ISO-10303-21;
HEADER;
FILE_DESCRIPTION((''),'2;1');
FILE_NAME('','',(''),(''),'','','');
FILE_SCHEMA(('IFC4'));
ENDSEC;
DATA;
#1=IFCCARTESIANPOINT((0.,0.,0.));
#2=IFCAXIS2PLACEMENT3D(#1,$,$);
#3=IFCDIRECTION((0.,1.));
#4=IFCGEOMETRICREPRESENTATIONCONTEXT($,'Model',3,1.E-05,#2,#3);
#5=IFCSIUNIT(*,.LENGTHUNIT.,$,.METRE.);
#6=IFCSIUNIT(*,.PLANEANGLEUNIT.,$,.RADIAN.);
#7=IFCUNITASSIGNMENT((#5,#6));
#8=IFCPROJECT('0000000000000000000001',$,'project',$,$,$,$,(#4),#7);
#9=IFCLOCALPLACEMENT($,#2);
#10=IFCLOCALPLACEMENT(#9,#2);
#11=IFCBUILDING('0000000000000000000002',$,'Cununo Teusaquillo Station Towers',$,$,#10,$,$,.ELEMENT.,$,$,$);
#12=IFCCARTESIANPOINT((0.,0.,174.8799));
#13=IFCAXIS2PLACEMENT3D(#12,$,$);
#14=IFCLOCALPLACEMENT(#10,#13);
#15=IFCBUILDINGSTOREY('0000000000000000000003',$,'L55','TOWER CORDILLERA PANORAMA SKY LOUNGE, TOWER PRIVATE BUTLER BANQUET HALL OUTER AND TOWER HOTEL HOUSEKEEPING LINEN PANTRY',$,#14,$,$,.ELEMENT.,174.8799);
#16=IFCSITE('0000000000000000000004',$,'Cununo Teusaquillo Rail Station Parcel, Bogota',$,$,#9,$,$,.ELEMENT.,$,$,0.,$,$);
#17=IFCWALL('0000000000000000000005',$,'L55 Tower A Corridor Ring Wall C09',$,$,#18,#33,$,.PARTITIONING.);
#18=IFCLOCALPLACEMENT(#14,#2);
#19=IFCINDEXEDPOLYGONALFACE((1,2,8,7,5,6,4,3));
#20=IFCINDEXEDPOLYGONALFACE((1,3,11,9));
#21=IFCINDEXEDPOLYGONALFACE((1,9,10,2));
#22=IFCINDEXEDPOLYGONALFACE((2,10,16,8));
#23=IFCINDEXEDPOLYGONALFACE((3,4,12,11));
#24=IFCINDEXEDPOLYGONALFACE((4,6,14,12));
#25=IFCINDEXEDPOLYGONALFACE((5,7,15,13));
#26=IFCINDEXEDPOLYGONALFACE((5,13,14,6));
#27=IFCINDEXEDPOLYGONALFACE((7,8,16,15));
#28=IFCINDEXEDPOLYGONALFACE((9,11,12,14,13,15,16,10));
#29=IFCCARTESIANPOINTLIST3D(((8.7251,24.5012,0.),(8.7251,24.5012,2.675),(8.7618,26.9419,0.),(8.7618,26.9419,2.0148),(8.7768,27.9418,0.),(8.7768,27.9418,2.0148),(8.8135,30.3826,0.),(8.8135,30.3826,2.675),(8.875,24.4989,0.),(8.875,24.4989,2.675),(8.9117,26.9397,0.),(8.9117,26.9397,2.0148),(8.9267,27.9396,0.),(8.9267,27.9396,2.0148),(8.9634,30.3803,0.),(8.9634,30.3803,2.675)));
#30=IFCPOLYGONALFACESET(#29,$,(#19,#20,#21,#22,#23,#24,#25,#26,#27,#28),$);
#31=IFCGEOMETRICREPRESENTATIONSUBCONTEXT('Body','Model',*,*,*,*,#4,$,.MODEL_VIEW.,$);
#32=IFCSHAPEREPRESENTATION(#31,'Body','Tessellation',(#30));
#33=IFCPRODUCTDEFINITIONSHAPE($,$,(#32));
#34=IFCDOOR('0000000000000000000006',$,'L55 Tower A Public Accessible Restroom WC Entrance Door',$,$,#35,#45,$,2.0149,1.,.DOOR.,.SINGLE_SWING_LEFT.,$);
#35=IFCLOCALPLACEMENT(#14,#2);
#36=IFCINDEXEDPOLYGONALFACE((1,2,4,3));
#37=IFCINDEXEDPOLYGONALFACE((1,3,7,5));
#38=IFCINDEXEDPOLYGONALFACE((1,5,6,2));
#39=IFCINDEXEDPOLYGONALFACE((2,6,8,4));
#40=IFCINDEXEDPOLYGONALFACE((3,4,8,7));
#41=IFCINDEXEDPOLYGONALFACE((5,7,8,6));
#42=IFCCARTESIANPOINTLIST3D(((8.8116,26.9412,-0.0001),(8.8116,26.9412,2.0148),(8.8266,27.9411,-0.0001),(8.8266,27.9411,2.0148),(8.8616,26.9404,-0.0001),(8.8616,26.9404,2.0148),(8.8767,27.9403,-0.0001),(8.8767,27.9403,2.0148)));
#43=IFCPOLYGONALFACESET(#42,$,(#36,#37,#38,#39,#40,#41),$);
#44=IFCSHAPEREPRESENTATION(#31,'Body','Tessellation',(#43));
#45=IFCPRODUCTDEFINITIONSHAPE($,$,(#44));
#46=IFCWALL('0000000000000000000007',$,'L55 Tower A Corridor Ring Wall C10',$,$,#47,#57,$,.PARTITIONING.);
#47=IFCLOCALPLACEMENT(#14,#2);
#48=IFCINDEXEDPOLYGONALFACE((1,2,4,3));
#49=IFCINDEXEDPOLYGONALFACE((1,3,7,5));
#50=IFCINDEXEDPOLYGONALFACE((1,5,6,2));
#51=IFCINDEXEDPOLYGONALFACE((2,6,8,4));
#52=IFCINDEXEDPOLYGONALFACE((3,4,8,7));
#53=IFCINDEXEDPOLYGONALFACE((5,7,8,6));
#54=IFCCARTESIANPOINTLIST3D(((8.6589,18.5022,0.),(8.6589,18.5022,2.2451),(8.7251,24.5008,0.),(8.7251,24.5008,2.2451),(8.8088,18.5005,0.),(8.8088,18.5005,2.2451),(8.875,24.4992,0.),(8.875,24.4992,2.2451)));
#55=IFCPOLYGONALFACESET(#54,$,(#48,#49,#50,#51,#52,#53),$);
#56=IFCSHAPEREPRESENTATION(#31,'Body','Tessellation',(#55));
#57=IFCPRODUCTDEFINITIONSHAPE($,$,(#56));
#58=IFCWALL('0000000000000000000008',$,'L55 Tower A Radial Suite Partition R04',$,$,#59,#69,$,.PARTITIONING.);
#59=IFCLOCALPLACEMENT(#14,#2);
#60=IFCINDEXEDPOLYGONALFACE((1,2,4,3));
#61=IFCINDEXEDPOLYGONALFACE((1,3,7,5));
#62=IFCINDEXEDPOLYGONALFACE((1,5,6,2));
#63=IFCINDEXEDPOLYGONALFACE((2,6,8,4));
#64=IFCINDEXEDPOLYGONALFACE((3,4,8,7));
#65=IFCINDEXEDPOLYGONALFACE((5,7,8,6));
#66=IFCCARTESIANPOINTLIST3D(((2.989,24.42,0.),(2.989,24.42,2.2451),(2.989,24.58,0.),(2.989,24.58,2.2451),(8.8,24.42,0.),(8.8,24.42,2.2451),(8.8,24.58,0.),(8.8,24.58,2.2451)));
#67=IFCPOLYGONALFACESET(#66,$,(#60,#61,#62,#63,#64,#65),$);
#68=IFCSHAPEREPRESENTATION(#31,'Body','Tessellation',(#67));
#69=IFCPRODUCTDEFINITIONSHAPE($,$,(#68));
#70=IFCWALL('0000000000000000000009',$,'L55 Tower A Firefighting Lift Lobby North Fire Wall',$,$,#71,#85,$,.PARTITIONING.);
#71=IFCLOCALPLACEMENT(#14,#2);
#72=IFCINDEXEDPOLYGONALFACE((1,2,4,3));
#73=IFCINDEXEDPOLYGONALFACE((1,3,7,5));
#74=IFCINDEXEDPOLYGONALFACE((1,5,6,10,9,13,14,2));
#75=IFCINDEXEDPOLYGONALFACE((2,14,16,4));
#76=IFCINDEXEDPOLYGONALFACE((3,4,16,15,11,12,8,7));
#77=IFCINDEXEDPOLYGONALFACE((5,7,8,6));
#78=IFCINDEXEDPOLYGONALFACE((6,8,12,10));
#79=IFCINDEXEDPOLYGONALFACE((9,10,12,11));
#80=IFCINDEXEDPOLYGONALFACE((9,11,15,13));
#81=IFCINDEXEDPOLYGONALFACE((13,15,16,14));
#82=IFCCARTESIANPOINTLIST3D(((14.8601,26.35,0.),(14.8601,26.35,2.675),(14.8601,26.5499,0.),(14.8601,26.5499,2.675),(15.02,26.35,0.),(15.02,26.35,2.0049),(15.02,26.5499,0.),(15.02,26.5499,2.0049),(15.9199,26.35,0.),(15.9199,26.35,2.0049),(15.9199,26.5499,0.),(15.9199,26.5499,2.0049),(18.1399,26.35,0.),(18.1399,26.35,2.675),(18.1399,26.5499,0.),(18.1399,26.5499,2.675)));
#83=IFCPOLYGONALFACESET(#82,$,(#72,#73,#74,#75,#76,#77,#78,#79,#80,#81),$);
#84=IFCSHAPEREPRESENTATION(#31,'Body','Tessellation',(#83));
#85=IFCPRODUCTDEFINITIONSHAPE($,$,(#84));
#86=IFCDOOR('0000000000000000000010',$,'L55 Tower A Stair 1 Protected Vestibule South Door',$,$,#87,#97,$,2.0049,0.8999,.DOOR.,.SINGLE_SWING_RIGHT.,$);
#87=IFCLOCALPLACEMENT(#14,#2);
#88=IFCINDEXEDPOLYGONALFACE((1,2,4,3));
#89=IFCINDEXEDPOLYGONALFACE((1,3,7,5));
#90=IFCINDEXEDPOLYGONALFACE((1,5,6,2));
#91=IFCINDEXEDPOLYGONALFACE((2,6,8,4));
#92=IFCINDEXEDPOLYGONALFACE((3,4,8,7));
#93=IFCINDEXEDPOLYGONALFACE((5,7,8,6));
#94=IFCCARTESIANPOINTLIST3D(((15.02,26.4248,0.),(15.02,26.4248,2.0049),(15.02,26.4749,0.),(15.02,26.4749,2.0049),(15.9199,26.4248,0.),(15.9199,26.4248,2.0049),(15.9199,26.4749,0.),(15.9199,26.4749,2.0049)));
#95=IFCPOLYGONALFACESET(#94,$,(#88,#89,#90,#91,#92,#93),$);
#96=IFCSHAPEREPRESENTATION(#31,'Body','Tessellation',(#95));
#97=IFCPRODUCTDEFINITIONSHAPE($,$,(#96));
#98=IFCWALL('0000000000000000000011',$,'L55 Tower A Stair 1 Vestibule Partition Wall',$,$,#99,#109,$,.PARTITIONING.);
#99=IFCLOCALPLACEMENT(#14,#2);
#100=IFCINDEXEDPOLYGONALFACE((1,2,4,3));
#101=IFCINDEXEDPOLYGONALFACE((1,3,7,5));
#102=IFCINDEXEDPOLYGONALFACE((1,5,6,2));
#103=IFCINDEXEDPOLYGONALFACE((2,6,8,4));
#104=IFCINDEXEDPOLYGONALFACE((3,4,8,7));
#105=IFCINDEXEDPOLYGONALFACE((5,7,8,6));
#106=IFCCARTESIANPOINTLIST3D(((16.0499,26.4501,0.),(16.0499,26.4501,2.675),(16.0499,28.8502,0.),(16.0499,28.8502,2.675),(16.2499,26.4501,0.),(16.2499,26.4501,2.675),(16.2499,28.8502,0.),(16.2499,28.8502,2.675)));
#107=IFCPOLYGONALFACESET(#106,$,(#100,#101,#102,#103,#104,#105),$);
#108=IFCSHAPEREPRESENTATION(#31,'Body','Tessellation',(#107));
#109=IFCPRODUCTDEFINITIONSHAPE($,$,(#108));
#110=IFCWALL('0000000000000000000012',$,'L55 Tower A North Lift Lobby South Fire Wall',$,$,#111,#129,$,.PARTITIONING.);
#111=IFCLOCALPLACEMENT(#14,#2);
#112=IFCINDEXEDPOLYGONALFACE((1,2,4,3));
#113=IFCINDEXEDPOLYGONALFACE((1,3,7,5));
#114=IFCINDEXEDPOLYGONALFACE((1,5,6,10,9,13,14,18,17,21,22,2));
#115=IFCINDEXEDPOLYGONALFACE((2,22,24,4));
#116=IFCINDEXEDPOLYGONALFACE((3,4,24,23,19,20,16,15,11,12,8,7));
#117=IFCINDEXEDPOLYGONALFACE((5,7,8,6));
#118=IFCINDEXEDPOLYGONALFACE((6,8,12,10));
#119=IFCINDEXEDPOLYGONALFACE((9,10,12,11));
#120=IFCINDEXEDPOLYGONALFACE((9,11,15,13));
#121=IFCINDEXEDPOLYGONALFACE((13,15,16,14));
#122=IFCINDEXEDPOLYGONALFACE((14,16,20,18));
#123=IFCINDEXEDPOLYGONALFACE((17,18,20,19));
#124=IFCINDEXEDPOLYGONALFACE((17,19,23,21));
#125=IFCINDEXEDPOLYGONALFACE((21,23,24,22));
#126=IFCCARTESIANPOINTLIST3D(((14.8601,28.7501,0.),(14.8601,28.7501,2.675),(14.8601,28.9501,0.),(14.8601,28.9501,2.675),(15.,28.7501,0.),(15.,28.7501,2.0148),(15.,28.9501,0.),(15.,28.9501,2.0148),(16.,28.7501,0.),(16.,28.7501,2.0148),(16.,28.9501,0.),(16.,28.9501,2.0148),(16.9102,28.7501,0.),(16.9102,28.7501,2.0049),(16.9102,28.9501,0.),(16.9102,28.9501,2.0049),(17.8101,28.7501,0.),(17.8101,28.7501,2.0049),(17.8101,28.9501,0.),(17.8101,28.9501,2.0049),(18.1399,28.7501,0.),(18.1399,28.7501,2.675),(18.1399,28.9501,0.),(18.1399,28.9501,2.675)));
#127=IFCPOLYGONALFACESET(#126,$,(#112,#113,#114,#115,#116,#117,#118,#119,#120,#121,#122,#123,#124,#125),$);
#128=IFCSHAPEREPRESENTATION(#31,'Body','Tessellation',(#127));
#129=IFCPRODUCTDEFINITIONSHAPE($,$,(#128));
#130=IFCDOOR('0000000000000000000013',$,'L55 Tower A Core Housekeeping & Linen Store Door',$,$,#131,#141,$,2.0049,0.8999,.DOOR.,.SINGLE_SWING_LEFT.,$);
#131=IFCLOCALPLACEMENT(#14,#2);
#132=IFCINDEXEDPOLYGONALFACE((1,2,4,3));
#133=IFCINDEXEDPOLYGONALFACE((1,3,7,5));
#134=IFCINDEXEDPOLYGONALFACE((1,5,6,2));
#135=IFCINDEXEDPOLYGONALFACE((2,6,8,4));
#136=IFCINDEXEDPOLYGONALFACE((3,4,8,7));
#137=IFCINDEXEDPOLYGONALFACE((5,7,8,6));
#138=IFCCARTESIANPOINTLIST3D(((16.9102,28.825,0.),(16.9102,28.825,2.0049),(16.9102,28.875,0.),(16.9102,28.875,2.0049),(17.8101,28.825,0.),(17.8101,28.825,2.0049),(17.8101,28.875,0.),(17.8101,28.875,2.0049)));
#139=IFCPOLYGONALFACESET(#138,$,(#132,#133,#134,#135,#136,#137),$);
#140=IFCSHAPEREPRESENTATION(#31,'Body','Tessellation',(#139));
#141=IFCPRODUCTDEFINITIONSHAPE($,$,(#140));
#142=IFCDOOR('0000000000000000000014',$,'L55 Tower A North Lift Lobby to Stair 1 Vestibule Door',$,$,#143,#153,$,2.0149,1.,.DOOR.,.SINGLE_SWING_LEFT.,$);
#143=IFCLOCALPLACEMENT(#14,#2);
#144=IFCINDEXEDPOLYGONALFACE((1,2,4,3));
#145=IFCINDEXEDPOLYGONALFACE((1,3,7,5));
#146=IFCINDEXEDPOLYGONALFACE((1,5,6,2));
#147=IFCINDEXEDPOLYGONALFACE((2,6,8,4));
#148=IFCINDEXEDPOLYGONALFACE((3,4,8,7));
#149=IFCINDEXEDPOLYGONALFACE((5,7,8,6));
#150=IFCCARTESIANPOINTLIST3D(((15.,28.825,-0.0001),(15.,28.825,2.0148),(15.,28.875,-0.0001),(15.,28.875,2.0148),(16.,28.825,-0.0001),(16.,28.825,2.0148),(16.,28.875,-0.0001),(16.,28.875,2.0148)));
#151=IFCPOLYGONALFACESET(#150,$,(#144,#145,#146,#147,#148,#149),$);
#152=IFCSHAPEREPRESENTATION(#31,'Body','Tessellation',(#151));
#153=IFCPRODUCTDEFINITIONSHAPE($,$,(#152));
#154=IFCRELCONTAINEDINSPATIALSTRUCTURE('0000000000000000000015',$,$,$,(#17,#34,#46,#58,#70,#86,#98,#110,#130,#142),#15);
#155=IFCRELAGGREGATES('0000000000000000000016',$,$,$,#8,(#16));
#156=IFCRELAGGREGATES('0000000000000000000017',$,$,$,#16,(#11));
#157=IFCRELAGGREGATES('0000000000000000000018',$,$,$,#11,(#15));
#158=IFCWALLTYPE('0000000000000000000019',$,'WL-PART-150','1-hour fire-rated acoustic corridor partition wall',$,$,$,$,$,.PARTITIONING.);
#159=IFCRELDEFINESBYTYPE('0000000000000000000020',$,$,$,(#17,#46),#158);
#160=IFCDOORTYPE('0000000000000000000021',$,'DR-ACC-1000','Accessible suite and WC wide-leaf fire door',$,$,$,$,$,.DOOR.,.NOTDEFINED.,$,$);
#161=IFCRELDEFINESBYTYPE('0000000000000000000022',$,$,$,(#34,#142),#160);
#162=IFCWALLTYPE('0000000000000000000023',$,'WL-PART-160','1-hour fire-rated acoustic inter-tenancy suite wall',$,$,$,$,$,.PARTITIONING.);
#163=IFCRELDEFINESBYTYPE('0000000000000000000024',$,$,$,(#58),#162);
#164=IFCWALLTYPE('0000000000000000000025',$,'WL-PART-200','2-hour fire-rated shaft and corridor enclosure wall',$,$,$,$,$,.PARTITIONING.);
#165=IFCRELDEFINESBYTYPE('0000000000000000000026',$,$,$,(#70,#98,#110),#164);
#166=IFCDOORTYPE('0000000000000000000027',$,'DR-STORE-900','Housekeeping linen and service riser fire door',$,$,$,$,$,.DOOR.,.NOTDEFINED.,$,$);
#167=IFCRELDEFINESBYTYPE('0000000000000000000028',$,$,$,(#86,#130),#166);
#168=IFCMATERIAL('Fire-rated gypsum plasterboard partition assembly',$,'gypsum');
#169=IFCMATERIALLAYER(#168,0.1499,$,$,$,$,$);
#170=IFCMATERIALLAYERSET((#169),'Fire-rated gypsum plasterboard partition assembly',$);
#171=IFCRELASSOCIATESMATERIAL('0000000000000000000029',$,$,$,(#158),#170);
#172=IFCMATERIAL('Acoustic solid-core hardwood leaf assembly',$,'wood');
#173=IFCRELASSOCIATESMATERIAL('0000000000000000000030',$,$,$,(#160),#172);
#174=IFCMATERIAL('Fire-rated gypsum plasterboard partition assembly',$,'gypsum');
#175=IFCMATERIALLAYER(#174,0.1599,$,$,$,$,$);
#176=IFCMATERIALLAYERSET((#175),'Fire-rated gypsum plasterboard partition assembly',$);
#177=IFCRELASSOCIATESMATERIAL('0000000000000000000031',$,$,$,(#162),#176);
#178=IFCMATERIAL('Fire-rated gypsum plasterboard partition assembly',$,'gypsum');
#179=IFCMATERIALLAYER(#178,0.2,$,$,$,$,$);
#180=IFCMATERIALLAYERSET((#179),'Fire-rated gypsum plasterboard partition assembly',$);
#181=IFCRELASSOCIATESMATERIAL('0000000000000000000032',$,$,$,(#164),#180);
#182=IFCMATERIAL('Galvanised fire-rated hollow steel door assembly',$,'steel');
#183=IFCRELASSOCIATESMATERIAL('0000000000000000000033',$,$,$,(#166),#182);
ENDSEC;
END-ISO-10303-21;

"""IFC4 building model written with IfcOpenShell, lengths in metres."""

from ifc_helpers import new_model, si_unit, direction, frame, frame_2d, origin, place, context, subcontext, project, spatial, rectangle, extrude, source, transform, mapped, material, layer, layer_set, type_object, element, fill, save


model = new_model("IFC4")

# Units and contexts
model_context = context("Model", 3, precision=1e-05, world=origin(), true_north=direction((0.0, 1.0)))
body_context = subcontext(model_context, "Body", "Model", "MODEL_VIEW")
ifc_project = project(units=[si_unit("LENGTHUNIT", "METRE"), si_unit("PLANEANGLEUNIT", "RADIAN")], contexts=[model_context])

# Site, building, storey
site_placement = place(None, origin())
site = spatial("IfcSite", under=ifc_project, at=site_placement, Name="Cununo Teusaquillo Rail Station Parcel, Bogota", CompositionType="ELEMENT", RefElevation=0.0)
building_placement = place(site_placement, origin())
building = spatial("IfcBuilding", under=site, at=building_placement, Name="Cununo Teusaquillo Station Towers", CompositionType="ELEMENT")
storey_placement = place(building_placement, frame((0.0, 0.0, 174.8799)))
storey = spatial("IfcBuildingStorey", under=building, at=storey_placement, Name="L55", Description="TOWER CORDILLERA PANORAMA SKY LOUNGE, TOWER PRIVATE BUTLER BANQUET HALL OUTER AND TOWER HOTEL HOUSEKEEPING LINEN PANTRY", CompositionType="ELEMENT", Elevation=174.8799)

# Wall, opening, door
shared_shape_1 = source(origin(), body_context, "Body", "SweptSolid", [
    extrude(rectangle(XDim=0.8999, YDim=2.0049, at=frame_2d((0.45, 1.0024))), frame((0.0, 0.0249, 0.0), z_axis=(0.0, -1.0, 0.0), x_axis=(1.0, 0.0, 0.0)), (0.0, 0.0, 1.0), 0.05),
])
ifc_material_1 = material(Name="Fire-rated gypsum plasterboard partition assembly", Category="gypsum")
ifc_layer_1 = layer(ifc_material_1, 0.1499)
ifc_layer_set_1 = layer_set([ifc_layer_1], Name="Fire-rated gypsum plasterboard partition assembly")
wall_type_1 = type_object("IfcWallType", Name="WL-PART-150", Description="1-hour fire-rated acoustic corridor partition wall", PredefinedType="PARTITIONING", material=ifc_layer_set_1)
wall_1_placement = place(storey_placement, frame((8.8884, 30.3813, 0.0), z_axis=(0.0, 0.0, 1.0), x_axis=(-0.015025, -0.999887, 0.0)))
wall_1 = element("IfcWall", 1, at=wall_1_placement, inside=storey, type_object=wall_type_1, Name="L55 Tower A Corridor Ring Wall C09", PredefinedType="PARTITIONING", context=body_context, shape_type="SweptSolid", body=[
    extrude(rectangle(XDim=5.8821, YDim=0.1499, at=frame_2d((2.9409, 0.0))), origin(), (0.0, 0.0, 1.0), 2.675),
])
shared_shape_2 = source(origin(), body_context, "Body", "SweptSolid", [
    extrude(rectangle(XDim=1.0, YDim=2.0149, at=frame_2d((0.5, 1.0073))), frame((0.0, 0.085, 0.0), z_axis=(0.0, -1.0, 0.0), x_axis=(1.0, 0.0, 0.0)), (0.0, 0.0, 1.0), 0.1699),
])
opening_1_placement = place(wall_1_placement, frame((2.4409, 0.0, 0.0)))
opening_1 = element("IfcOpeningElement", 2, at=opening_1_placement, cuts=wall_1, PredefinedType="OPENING", context=body_context, shape_type="MappedRepresentation", body=[
    mapped(shared_shape_2, transform((0.0, 0.0, 0.0), x_axis=(1.0, 0.0, 0.0), y_axis=(0.0, 1.0, 0.0), z_axis=(0.0, 0.0, 1.0), scale=1.0)),
])
ifc_material_2 = material(Name="Acoustic solid-core hardwood leaf assembly", Category="wood")
door_type_1 = type_object("IfcDoorType", Name="DR-ACC-1000", Description="Accessible suite and WC wide-leaf fire door", OperationType="NOTDEFINED", PredefinedType="DOOR", material=ifc_material_2)
shared_shape_3 = source(origin(), body_context, "Body", "SweptSolid", [
    extrude(rectangle(XDim=1.0, YDim=2.0149, at=frame_2d((0.5, 1.0073))), frame((0.0, 0.0249, 0.0), z_axis=(0.0, -1.0, 0.0), x_axis=(1.0, 0.0, 0.0)), (0.0, 0.0, 1.0), 0.05),
])
door_1_placement = place(opening_1_placement, origin())
door_1 = element("IfcDoor", 3, at=door_1_placement, inside=storey, type_object=door_type_1, Name="L55 Tower A Public Accessible Restroom WC Entrance Door", OperationType="SINGLE_SWING_LEFT", OverallHeight=2.0149, OverallWidth=1.0, PredefinedType="DOOR", context=body_context, shape_type="MappedRepresentation", body=[
    mapped(shared_shape_3, transform((0.0, 0.0, 0.0), x_axis=(1.0, 0.0, 0.0), y_axis=(0.0, 1.0, 0.0), z_axis=(0.0, 0.0, 1.0), scale=1.0)),
])
fill(opening_1, door_1)

# Walls
wall_2_placement = place(storey_placement, frame((8.8, 24.5, 0.0), z_axis=(0.0, 0.0, 1.0), x_axis=(-0.011029, -0.999939, 0.0)))
element("IfcWall", 4, at=wall_2_placement, inside=storey, type_object=wall_type_1, Name="L55 Tower A Corridor Ring Wall C10", PredefinedType="PARTITIONING", context=body_context, shape_type="SweptSolid", body=[
    extrude(rectangle(XDim=5.999, YDim=0.1499, at=frame_2d((2.9995, 0.0))), origin(), (0.0, 0.0, 1.0), 2.2451),
])
ifc_material_3 = material(Name="Fire-rated gypsum plasterboard partition assembly", Category="gypsum")
ifc_layer_2 = layer(ifc_material_3, 0.1599)
ifc_layer_set_2 = layer_set([ifc_layer_2], Name="Fire-rated gypsum plasterboard partition assembly")
wall_type_2 = type_object("IfcWallType", Name="WL-PART-160", Description="1-hour fire-rated acoustic inter-tenancy suite wall", PredefinedType="PARTITIONING", material=ifc_layer_set_2)
wall_3_placement = place(storey_placement, frame((8.8, 24.5, 0.0), z_axis=(0.0, 0.0, 1.0), x_axis=(-1.0, 0.0, 0.0)))
element("IfcWall", 5, at=wall_3_placement, inside=storey, type_object=wall_type_2, Name="L55 Tower A Radial Suite Partition R04", PredefinedType="PARTITIONING", context=body_context, shape_type="SweptSolid", body=[
    extrude(rectangle(XDim=5.811, YDim=0.1599, at=frame_2d((2.9055, 0.0))), origin(), (0.0, 0.0, 1.0), 2.2451),
])

# Wall, opening, door
ifc_material_4 = material(Name="Fire-rated gypsum plasterboard partition assembly", Category="gypsum")
ifc_layer_3 = layer(ifc_material_4, 0.2)
ifc_layer_set_3 = layer_set([ifc_layer_3], Name="Fire-rated gypsum plasterboard partition assembly")
wall_type_3 = type_object("IfcWallType", Name="WL-PART-200", Description="2-hour fire-rated shaft and corridor enclosure wall", PredefinedType="PARTITIONING", material=ifc_layer_set_3)
wall_4_placement = place(storey_placement, frame((14.8601, 26.45, 0.0), z_axis=(0.0, 0.0, 1.0), x_axis=(1.0, 0.0, 0.0)))
wall_4 = element("IfcWall", 6, at=wall_4_placement, inside=storey, type_object=wall_type_3, Name="L55 Tower A Firefighting Lift Lobby North Fire Wall", PredefinedType="PARTITIONING", context=body_context, shape_type="SweptSolid", body=[
    extrude(rectangle(XDim=3.2798, YDim=0.2, at=frame_2d((1.6399, 0.0))), origin(), (0.0, 0.0, 1.0), 2.675),
])
shared_shape_4 = source(origin(), body_context, "Body", "SweptSolid", [
    extrude(rectangle(XDim=0.8999, YDim=2.0049, at=frame_2d((0.45, 1.0024))), frame((0.0, 0.1099, 0.0), z_axis=(0.0, -1.0, 0.0), x_axis=(1.0, 0.0, 0.0)), (0.0, 0.0, 1.0), 0.22),
])
opening_2_placement = place(wall_4_placement, frame((0.1599, 0.0, 0.0)))
opening_2 = element("IfcOpeningElement", 7, at=opening_2_placement, cuts=wall_4, PredefinedType="OPENING", context=body_context, shape_type="MappedRepresentation", body=[
    mapped(shared_shape_4, transform((0.0, 0.0, 0.0), x_axis=(1.0, 0.0, 0.0), y_axis=(0.0, 1.0, 0.0), z_axis=(0.0, 0.0, 1.0), scale=1.0)),
])
ifc_material_5 = material(Name="Galvanised fire-rated hollow steel door assembly", Category="steel")
door_type_2 = type_object("IfcDoorType", Name="DR-STORE-900", Description="Housekeeping linen and service riser fire door", OperationType="NOTDEFINED", PredefinedType="DOOR", material=ifc_material_5)
door_2_placement = place(opening_2_placement, origin())
door_2 = element("IfcDoor", 8, at=door_2_placement, inside=storey, type_object=door_type_2, Name="L55 Tower A Stair 1 Protected Vestibule South Door", OperationType="SINGLE_SWING_RIGHT", OverallHeight=2.0049, OverallWidth=0.8999, PredefinedType="DOOR", context=body_context, shape_type="MappedRepresentation", body=[
    mapped(shared_shape_1, transform((0.0, 0.0, 0.0), x_axis=(1.0, 0.0, 0.0), y_axis=(0.0, 1.0, 0.0), z_axis=(0.0, 0.0, 1.0), scale=1.0)),
])
fill(opening_2, door_2)

# Wall
wall_5_placement = place(storey_placement, frame((16.1499, 26.45, 0.0), z_axis=(0.0, 0.0, 1.0), x_axis=(0.0, 1.0, 0.0)))
element("IfcWall", 9, at=wall_5_placement, inside=storey, type_object=wall_type_3, Name="L55 Tower A Stair 1 Vestibule Partition Wall", PredefinedType="PARTITIONING", context=body_context, shape_type="SweptSolid", body=[
    extrude(rectangle(XDim=2.4001, YDim=0.2, at=frame_2d((1.2002, 0.0))), origin(), (0.0, 0.0, 1.0), 2.675),
])

# Wall, openings, doors
wall_6_placement = place(storey_placement, frame((14.8601, 28.8501, 0.0), z_axis=(0.0, 0.0, 1.0), x_axis=(1.0, 0.0, 0.0)))
wall_6 = element("IfcWall", 10, at=wall_6_placement, inside=storey, type_object=wall_type_3, Name="L55 Tower A North Lift Lobby South Fire Wall", PredefinedType="PARTITIONING", context=body_context, shape_type="SweptSolid", body=[
    extrude(rectangle(XDim=3.2798, YDim=0.2, at=frame_2d((1.6399, 0.0))), origin(), (0.0, 0.0, 1.0), 2.675),
])
shared_shape_5 = source(origin(), body_context, "Body", "SweptSolid", [
    extrude(rectangle(XDim=1.0, YDim=2.0149, at=frame_2d((0.5, 1.0073))), frame((0.0, 0.1099, 0.0), z_axis=(0.0, -1.0, 0.0), x_axis=(1.0, 0.0, 0.0)), (0.0, 0.0, 1.0), 0.22),
])
opening_3_placement = place(wall_6_placement, frame((0.1399, 0.0, 0.0)))
opening_3 = element("IfcOpeningElement", 11, at=opening_3_placement, cuts=wall_6, PredefinedType="OPENING", context=body_context, shape_type="MappedRepresentation", body=[
    mapped(shared_shape_5, transform((0.0, 0.0, 0.0), x_axis=(1.0, 0.0, 0.0), y_axis=(0.0, 1.0, 0.0), z_axis=(0.0, 0.0, 1.0), scale=1.0)),
])
opening_4_placement = place(wall_6_placement, frame((2.05, 0.0, 0.0)))
opening_4 = element("IfcOpeningElement", 12, at=opening_4_placement, cuts=wall_6, PredefinedType="OPENING", context=body_context, shape_type="MappedRepresentation", body=[
    mapped(shared_shape_4, transform((0.0, 0.0, 0.0), x_axis=(1.0, 0.0, 0.0), y_axis=(0.0, 1.0, 0.0), z_axis=(0.0, 0.0, 1.0), scale=1.0)),
])
door_3_placement = place(opening_4_placement, origin())
door_3 = element("IfcDoor", 13, at=door_3_placement, inside=storey, type_object=door_type_2, Name="L55 Tower A Core Housekeeping & Linen Store Door", OperationType="SINGLE_SWING_LEFT", OverallHeight=2.0049, OverallWidth=0.8999, PredefinedType="DOOR", context=body_context, shape_type="MappedRepresentation", body=[
    mapped(shared_shape_1, transform((0.0, 0.0, 0.0), x_axis=(1.0, 0.0, 0.0), y_axis=(0.0, 1.0, 0.0), z_axis=(0.0, 0.0, 1.0), scale=1.0)),
])
fill(opening_4, door_3)
door_4_placement = place(opening_3_placement, origin())
door_4 = element("IfcDoor", 14, at=door_4_placement, inside=storey, type_object=door_type_1, Name="L55 Tower A North Lift Lobby to Stair 1 Vestibule Door", OperationType="SINGLE_SWING_LEFT", OverallHeight=2.0149, OverallWidth=1.0, PredefinedType="DOOR", context=body_context, shape_type="MappedRepresentation", body=[
    mapped(shared_shape_3, transform((0.0, 0.0, 0.0), x_axis=(1.0, 0.0, 0.0), y_axis=(0.0, 1.0, 0.0), z_axis=(0.0, 0.0, 1.0), scale=1.0)),
])
fill(opening_3, door_4)

save(model, "model.ifc")
